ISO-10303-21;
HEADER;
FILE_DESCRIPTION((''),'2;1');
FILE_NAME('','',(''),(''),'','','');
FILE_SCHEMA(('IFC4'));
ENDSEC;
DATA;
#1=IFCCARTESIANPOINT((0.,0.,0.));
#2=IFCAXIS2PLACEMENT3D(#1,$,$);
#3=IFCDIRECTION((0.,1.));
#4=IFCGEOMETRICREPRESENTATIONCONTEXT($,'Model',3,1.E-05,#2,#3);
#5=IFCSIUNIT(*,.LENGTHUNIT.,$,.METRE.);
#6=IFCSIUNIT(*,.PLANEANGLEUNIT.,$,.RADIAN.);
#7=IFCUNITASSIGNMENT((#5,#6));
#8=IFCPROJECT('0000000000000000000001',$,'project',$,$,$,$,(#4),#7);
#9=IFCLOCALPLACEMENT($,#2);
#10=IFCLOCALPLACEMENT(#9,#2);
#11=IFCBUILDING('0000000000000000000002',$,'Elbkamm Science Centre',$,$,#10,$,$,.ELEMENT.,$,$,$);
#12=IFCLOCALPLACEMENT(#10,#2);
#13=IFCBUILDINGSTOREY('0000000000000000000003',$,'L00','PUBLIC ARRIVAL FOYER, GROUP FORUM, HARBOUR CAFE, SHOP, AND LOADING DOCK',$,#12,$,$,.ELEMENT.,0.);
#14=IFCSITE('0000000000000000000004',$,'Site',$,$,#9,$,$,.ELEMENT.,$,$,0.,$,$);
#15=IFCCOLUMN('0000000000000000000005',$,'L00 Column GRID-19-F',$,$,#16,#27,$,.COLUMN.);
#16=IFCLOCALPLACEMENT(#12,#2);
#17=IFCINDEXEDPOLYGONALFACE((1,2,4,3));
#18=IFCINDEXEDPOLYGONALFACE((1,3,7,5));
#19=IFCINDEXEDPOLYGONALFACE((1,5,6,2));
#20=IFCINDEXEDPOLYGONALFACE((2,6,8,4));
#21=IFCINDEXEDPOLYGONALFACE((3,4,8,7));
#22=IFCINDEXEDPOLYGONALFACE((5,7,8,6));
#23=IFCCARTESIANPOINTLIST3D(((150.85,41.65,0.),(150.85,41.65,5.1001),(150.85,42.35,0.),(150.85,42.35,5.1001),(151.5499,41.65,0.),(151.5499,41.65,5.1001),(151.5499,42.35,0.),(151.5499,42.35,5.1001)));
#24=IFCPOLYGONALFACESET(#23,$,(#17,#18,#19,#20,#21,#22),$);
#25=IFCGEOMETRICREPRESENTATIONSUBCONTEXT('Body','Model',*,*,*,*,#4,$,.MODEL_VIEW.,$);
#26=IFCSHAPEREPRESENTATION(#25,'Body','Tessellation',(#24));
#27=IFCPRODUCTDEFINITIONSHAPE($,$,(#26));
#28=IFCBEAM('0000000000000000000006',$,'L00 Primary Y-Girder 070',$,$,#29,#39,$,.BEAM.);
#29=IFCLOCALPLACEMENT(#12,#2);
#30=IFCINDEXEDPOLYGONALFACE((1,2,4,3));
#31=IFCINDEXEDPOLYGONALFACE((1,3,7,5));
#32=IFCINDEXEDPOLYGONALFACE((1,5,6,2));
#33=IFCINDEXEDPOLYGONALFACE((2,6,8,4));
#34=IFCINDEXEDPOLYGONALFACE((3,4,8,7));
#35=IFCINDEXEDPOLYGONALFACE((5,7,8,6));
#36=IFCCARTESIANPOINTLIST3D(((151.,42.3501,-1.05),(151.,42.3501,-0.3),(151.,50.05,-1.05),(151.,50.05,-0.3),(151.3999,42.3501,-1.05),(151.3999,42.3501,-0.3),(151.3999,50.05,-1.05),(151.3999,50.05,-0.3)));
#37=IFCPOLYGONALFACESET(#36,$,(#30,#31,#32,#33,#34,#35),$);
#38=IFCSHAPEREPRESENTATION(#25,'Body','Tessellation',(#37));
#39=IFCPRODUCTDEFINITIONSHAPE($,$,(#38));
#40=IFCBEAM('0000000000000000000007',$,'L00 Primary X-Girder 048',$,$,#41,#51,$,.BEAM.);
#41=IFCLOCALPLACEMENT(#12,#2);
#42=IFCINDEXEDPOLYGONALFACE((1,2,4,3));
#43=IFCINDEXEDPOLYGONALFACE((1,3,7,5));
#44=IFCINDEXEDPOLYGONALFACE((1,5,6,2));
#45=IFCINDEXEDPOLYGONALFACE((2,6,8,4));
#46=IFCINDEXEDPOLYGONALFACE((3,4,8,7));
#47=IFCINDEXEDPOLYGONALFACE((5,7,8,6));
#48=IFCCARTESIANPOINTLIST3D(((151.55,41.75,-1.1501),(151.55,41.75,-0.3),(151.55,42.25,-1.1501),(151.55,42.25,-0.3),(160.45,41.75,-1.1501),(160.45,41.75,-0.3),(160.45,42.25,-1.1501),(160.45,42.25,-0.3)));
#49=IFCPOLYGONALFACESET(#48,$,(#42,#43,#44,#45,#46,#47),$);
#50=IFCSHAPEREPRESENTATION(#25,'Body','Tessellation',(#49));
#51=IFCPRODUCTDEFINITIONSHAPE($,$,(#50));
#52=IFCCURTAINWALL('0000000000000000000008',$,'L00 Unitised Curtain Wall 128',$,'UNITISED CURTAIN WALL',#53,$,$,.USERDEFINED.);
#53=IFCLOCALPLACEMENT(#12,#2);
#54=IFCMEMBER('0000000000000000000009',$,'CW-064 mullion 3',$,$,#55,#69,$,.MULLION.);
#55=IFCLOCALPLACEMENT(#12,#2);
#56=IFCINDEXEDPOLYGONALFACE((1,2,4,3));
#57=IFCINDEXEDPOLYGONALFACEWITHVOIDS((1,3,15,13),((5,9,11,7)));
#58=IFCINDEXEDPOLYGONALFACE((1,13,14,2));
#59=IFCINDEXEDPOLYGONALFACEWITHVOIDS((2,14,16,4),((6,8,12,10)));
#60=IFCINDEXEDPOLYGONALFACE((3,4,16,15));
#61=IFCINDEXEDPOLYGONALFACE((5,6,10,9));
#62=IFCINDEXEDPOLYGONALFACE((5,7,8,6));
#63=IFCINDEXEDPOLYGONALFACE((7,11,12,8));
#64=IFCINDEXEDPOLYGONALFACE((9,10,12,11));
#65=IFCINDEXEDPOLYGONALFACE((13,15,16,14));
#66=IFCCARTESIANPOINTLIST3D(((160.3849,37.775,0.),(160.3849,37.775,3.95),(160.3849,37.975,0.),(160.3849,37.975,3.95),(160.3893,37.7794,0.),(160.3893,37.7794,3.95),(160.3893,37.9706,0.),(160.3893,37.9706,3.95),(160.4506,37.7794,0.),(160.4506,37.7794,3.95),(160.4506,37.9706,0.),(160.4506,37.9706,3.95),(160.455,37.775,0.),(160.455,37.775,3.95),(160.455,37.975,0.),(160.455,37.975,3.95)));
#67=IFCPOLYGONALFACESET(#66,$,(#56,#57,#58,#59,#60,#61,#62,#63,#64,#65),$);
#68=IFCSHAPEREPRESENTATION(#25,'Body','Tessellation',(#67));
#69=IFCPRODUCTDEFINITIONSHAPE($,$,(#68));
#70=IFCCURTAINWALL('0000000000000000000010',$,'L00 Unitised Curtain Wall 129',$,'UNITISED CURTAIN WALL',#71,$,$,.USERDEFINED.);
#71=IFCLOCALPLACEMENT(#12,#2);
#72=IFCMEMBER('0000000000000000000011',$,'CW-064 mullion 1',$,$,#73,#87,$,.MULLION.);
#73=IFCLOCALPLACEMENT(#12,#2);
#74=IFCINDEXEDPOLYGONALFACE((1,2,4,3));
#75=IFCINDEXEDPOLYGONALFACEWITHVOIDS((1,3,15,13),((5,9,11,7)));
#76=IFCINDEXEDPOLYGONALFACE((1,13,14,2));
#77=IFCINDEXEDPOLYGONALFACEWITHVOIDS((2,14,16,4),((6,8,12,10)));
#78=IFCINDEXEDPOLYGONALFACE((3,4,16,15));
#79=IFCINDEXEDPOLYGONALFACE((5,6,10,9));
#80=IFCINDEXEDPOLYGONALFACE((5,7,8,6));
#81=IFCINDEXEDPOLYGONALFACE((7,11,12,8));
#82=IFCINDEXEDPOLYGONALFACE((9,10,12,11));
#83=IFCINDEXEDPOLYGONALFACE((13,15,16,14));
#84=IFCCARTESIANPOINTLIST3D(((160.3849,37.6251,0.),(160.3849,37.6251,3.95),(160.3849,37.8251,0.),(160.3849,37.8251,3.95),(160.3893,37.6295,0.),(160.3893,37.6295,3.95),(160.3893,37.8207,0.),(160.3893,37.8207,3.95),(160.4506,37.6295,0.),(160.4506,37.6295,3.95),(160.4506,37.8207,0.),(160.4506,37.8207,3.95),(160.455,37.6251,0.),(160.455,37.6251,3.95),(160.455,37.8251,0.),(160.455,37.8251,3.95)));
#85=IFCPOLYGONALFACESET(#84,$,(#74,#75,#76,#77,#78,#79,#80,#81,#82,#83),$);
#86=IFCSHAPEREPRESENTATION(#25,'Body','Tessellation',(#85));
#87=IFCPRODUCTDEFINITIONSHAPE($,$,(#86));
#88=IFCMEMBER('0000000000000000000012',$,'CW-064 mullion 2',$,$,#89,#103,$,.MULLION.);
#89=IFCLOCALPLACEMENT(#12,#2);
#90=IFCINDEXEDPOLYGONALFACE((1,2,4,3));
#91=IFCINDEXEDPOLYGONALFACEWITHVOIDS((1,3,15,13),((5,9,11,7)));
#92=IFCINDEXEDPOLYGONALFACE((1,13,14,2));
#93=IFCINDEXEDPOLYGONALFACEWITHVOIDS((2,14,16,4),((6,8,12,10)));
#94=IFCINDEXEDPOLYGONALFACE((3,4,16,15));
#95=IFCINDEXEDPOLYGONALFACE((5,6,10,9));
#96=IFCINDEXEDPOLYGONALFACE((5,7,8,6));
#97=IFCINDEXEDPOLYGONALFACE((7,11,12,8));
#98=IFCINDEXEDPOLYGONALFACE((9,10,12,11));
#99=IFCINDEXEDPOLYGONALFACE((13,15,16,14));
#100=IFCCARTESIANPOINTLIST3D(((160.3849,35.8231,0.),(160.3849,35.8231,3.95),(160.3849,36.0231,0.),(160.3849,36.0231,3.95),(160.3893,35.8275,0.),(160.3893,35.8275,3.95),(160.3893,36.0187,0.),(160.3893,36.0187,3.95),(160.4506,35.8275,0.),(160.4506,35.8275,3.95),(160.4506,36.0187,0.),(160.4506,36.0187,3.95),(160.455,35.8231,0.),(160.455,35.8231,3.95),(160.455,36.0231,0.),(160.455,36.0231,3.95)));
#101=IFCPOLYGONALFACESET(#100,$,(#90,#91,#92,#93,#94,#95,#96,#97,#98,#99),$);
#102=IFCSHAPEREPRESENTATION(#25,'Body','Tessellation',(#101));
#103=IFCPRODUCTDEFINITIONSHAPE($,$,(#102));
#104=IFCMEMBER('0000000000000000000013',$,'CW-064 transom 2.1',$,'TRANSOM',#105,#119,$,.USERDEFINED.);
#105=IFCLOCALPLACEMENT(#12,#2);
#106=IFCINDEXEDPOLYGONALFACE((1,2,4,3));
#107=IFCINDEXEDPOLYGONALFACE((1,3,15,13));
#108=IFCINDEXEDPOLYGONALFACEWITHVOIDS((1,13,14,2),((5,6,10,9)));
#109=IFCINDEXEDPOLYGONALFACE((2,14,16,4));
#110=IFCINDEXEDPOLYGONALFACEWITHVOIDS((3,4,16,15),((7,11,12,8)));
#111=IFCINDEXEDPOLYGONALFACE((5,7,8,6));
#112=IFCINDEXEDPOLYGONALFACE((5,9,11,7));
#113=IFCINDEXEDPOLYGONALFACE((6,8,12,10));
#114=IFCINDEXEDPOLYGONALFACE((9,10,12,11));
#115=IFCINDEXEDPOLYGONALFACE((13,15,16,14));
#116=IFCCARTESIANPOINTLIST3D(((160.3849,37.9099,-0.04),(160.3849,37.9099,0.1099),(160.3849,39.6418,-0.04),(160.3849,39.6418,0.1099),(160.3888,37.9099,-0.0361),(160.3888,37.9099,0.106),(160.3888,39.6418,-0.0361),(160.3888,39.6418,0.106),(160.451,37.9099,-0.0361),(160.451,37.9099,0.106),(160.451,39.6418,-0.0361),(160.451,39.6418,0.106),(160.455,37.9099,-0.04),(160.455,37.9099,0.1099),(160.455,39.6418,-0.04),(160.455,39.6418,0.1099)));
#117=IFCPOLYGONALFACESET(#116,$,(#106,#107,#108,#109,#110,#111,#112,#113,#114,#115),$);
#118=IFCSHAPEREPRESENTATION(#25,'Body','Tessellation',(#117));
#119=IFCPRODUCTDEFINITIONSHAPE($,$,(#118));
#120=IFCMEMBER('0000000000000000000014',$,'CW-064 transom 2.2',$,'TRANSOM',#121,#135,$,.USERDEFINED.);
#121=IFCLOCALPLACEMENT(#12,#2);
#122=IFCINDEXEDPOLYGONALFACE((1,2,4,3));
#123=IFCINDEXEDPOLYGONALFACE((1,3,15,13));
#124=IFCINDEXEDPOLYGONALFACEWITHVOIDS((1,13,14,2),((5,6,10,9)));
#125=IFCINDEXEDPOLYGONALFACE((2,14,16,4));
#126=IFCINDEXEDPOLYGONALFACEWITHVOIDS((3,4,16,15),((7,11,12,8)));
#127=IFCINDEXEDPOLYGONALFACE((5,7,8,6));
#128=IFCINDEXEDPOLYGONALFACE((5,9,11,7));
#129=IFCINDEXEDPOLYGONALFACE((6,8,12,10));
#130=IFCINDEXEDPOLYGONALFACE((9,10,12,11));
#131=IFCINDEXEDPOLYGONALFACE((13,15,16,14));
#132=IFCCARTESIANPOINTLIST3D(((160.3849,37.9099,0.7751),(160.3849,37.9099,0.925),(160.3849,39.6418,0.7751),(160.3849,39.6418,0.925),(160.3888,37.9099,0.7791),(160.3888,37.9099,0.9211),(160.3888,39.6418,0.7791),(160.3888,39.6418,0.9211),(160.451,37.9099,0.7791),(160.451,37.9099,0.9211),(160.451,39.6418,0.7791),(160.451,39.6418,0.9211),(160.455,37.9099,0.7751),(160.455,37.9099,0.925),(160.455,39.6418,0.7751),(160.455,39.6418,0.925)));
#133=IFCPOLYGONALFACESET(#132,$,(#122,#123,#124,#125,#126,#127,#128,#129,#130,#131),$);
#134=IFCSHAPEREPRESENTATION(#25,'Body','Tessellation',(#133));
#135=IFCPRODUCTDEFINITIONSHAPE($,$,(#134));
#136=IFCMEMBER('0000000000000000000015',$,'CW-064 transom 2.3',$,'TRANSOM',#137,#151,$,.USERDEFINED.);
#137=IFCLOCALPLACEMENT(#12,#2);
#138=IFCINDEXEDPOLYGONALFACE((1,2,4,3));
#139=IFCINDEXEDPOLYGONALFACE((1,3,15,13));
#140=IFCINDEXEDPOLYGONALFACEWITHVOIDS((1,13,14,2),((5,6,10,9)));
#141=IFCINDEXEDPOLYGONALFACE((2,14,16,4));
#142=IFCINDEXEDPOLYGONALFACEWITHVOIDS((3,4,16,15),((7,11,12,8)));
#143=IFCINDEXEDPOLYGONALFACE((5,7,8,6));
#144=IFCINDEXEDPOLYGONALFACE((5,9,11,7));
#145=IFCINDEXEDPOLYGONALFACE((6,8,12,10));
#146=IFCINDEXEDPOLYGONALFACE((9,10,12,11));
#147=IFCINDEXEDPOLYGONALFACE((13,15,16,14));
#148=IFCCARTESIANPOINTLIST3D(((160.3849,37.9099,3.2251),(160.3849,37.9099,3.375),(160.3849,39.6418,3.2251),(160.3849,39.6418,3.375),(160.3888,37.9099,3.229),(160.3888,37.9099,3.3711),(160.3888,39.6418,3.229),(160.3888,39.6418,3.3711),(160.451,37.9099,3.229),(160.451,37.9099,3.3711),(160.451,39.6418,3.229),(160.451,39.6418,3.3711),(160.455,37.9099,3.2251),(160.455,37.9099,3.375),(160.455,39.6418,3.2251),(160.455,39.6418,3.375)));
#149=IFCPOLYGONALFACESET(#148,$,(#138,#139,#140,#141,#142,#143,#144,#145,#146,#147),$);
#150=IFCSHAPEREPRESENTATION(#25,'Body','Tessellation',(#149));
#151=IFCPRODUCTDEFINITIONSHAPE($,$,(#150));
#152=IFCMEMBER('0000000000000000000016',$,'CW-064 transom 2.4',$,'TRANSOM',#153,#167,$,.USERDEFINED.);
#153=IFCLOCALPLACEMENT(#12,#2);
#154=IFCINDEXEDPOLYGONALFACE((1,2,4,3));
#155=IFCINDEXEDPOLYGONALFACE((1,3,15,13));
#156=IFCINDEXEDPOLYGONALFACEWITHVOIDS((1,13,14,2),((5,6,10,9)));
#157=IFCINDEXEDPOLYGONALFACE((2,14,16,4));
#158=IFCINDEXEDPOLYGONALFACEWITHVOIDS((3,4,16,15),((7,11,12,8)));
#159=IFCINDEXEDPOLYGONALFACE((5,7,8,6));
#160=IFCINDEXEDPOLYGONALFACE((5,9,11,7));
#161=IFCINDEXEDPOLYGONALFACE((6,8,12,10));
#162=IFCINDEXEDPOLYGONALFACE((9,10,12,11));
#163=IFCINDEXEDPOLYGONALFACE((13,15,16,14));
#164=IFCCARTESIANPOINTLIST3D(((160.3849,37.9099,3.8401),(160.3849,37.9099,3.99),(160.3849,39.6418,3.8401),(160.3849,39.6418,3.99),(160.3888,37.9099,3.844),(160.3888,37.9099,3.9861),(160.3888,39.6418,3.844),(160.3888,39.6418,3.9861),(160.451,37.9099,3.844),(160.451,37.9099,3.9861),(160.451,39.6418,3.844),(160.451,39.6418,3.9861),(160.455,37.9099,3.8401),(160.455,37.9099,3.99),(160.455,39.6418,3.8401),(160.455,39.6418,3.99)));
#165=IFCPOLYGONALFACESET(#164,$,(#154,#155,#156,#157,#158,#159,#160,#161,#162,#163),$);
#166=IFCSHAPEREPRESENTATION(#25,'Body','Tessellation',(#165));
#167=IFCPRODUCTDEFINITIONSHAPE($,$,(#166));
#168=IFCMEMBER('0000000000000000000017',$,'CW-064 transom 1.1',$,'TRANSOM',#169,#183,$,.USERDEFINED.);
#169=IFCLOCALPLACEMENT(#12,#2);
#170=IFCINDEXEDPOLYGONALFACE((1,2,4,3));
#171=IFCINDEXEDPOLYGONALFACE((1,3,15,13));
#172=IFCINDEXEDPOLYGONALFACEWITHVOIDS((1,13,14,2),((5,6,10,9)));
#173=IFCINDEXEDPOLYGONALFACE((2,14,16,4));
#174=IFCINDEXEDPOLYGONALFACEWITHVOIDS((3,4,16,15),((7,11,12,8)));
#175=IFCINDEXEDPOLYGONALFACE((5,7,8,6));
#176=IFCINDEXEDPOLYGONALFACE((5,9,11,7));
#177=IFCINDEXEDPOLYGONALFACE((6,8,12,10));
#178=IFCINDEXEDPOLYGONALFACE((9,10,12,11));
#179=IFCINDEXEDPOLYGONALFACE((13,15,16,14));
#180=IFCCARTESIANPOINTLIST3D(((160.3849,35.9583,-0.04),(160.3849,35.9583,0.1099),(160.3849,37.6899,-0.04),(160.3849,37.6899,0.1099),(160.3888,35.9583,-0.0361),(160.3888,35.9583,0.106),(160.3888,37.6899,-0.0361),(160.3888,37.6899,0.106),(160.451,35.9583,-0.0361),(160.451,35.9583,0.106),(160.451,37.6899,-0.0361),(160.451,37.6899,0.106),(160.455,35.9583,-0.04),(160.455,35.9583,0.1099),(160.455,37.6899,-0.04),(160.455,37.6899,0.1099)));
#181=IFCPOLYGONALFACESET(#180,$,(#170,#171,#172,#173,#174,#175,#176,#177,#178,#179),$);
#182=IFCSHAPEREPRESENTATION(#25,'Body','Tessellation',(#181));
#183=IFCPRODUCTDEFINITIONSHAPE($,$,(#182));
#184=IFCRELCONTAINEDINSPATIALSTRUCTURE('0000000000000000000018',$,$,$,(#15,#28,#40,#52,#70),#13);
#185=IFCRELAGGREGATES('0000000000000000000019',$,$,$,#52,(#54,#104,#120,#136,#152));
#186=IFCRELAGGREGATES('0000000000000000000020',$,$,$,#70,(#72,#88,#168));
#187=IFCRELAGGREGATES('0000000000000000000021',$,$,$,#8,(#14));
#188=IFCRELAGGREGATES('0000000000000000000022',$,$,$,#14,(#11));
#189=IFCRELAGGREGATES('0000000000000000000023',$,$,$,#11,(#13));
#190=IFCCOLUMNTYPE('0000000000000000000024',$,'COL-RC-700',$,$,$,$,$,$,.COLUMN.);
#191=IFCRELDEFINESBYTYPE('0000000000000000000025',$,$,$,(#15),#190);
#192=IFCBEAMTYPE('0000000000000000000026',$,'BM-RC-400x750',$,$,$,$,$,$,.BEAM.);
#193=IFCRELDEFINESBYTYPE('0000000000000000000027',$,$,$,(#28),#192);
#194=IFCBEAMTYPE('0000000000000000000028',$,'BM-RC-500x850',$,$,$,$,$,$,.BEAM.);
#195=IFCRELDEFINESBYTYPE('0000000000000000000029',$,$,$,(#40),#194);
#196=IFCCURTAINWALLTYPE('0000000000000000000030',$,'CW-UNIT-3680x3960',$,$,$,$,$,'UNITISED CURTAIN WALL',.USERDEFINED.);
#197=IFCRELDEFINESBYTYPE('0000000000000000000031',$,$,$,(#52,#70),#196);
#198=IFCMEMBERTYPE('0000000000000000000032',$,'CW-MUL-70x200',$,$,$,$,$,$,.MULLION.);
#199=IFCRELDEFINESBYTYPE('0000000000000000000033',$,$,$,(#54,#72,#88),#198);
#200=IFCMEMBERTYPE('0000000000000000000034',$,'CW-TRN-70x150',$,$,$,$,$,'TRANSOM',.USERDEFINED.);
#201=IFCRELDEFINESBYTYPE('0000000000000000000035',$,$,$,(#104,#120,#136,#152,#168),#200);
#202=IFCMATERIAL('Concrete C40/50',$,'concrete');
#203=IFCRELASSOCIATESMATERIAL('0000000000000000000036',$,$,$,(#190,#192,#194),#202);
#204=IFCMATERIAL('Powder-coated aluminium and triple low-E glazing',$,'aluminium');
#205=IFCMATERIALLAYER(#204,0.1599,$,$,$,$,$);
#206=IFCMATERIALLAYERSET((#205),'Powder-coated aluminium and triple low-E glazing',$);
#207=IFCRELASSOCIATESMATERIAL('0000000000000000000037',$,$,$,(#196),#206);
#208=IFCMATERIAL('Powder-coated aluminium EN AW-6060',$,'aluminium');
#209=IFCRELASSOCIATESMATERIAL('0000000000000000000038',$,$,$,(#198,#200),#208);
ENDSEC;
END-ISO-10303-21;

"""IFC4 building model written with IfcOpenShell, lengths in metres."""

from ifc_helpers import new_model, si_unit, direction, frame, origin, origin_2d, place, context, subcontext, project, spatial, rectangle, hollow_rectangle, extrude, material, layer, layer_set, material_profile, profile_set, type_object, element, aggregate, save


model = new_model("IFC4")

# Units and contexts
model_context = context("Model", 3, precision=1e-05, world=origin(), true_north=direction((0.0, 1.0)))
body_context = subcontext(model_context, "Body", "Model", "MODEL_VIEW")
ifc_project = project(units=[si_unit("LENGTHUNIT", "METRE"), si_unit("PLANEANGLEUNIT", "RADIAN")], contexts=[model_context])

# Site, building, storey
site_placement = place(None, origin())
site = spatial("IfcSite", under=ifc_project, at=site_placement, Name="Site", CompositionType="ELEMENT", RefElevation=0.0)
building_placement = place(site_placement, origin())
building = spatial("IfcBuilding", under=site, at=building_placement, Name="Elbkamm Science Centre", CompositionType="ELEMENT")
storey_placement = place(building_placement, origin())
storey = spatial("IfcBuildingStorey", under=building, at=storey_placement, Name="L00", Description="PUBLIC ARRIVAL FOYER, GROUP FORUM, HARBOUR CAFE, SHOP, AND LOADING DOCK", CompositionType="ELEMENT", Elevation=0.0)

# Column
ifc_material_1 = material(Name="Concrete C40/50", Category="concrete")
ifc_material_profile_1 = material_profile(ifc_material_1, rectangle(XDim=0.7, YDim=0.7, at=origin_2d()), Name="RC 700x700")
ifc_profile_set_1 = profile_set([ifc_material_profile_1], Name="Concrete C40/50")
column_type = type_object("IfcColumnType", Name="COL-RC-700", PredefinedType="COLUMN", material=ifc_profile_set_1)
column_placement = place(storey_placement, frame((151.2, 42.0, 0.0), z_axis=(0.0, 0.0, 1.0), x_axis=(1.0, 0.0, 0.0)))
element("IfcColumn", 1, at=column_placement, inside=storey, type_object=column_type, Name="L00 Column GRID-19-F", PredefinedType="COLUMN", context=body_context, shape_type="SweptSolid", body=[
    extrude(rectangle(XDim=0.7, YDim=0.7, at=origin_2d()), origin(), (0.0, 0.0, 1.0), 5.1001),
])

# Beams
ifc_material_profile_2 = material_profile(ifc_material_1, rectangle(XDim=0.3999, YDim=0.75, at=origin_2d()), Name="RC 400x750")
ifc_profile_set_2 = profile_set([ifc_material_profile_2], Name="Concrete C40/50")
beam_type_1 = type_object("IfcBeamType", Name="BM-RC-400x750", PredefinedType="BEAM", material=ifc_profile_set_2)
beam_1_placement = place(storey_placement, frame((151.2, 42.3501, -0.675), z_axis=(0.0, 1.0, 0.0), x_axis=(-1.0, 0.0, 0.0)))
element("IfcBeam", 2, at=beam_1_placement, inside=storey, type_object=beam_type_1, Name="L00 Primary Y-Girder 070", PredefinedType="BEAM", context=body_context, shape_type="SweptSolid", body=[
    extrude(rectangle(XDim=0.3999, YDim=0.75, at=origin_2d()), origin(), (0.0, 0.0, 1.0), 7.7),
])
ifc_material_profile_3 = material_profile(ifc_material_1, rectangle(XDim=0.5, YDim=0.8501, at=origin_2d()), Name="RC 500x850")
ifc_profile_set_3 = profile_set([ifc_material_profile_3], Name="Concrete C40/50")
beam_type_2 = type_object("IfcBeamType", Name="BM-RC-500x850", PredefinedType="BEAM", material=ifc_profile_set_3)
beam_2_placement = place(storey_placement, frame((151.55, 42.0, -0.7251), z_axis=(1.0, 0.0, 0.0), x_axis=(0.0, 1.0, 0.0)))
element("IfcBeam", 3, at=beam_2_placement, inside=storey, type_object=beam_type_2, Name="L00 Primary X-Girder 048", PredefinedType="BEAM", context=body_context, shape_type="SweptSolid", body=[
    extrude(rectangle(XDim=0.5, YDim=0.8501, at=origin_2d()), origin(), (0.0, 0.0, 1.0), 8.8999),
])

# Curtain wall, member
ifc_material_2 = material(Name="Powder-coated aluminium and triple low-E glazing", Category="aluminium")
ifc_layer_1 = layer(ifc_material_2, 0.1599)
ifc_layer_set_1 = layer_set([ifc_layer_1], Name="Powder-coated aluminium and triple low-E glazing")
curtain_wall_type = type_object("IfcCurtainWallType", Name="CW-UNIT-3680x3960", ElementType="UNITISED CURTAIN WALL", PredefinedType="USERDEFINED", material=ifc_layer_set_1)
curtain_wall_1_placement = place(storey_placement, origin())
curtain_wall_1 = element("IfcCurtainWall", 4, at=curtain_wall_1_placement, inside=storey, type_object=curtain_wall_type, Name="L00 Unitised Curtain Wall 128", ObjectType="UNITISED CURTAIN WALL", PredefinedType="USERDEFINED")
ifc_material_3 = material(Name="Powder-coated aluminium EN AW-6060", Category="aluminium")
ifc_material_profile_4 = material_profile(ifc_material_3, hollow_rectangle(XDim=0.0701, YDim=0.2, WallThickness=0.0044, at=origin_2d()), Name="ALU M70x200")
ifc_profile_set_4 = profile_set([ifc_material_profile_4], Name="Powder-coated aluminium EN AW-6060")
member_type_1 = type_object("IfcMemberType", Name="CW-MUL-70x200", PredefinedType="MULLION", material=ifc_profile_set_4)
member_1_placement = place(storey_placement, frame((160.4199, 37.875, 0.0), z_axis=(0.0, 0.0, 1.0), x_axis=(1.0, 0.0, 0.0)))
member_1 = element("IfcMember", 5, at=member_1_placement, type_object=member_type_1, Name="CW-064 mullion 3", PredefinedType="MULLION", context=body_context, shape_type="SweptSolid", body=[
    extrude(hollow_rectangle(XDim=0.0701, YDim=0.2, WallThickness=0.0044, at=origin_2d()), origin(), (0.0, 0.0, 1.0), 3.95),
])

# Curtain wall, members
curtain_wall_2_placement = place(storey_placement, origin())
curtain_wall_2 = element("IfcCurtainWall", 6, at=curtain_wall_2_placement, inside=storey, type_object=curtain_wall_type, Name="L00 Unitised Curtain Wall 129", ObjectType="UNITISED CURTAIN WALL", PredefinedType="USERDEFINED")
member_2_placement = place(storey_placement, frame((160.4199, 37.7251, 0.0), z_axis=(0.0, 0.0, 1.0), x_axis=(1.0, 0.0, 0.0)))
member_2 = element("IfcMember", 7, at=member_2_placement, type_object=member_type_1, Name="CW-064 mullion 1", PredefinedType="MULLION", context=body_context, shape_type="SweptSolid", body=[
    extrude(hollow_rectangle(XDim=0.0701, YDim=0.2, WallThickness=0.0044, at=origin_2d()), origin(), (0.0, 0.0, 1.0), 3.95),
])
member_3_placement = place(storey_placement, frame((160.4199, 35.9231, 0.0), z_axis=(0.0, 0.0, 1.0), x_axis=(1.0, 0.0, 0.0)))
member_3 = element("IfcMember", 8, at=member_3_placement, type_object=member_type_1, Name="CW-064 mullion 2", PredefinedType="MULLION", context=body_context, shape_type="SweptSolid", body=[
    extrude(hollow_rectangle(XDim=0.0701, YDim=0.2, WallThickness=0.0044, at=origin_2d()), origin(), (0.0, 0.0, 1.0), 3.95),
])

# Members
ifc_material_profile_5 = material_profile(ifc_material_3, hollow_rectangle(XDim=0.0701, YDim=0.1499, WallThickness=0.0039, at=origin_2d()), Name="ALU T70x150")
ifc_profile_set_5 = profile_set([ifc_material_profile_5], Name="Powder-coated aluminium EN AW-6060")
member_type_2 = type_object("IfcMemberType", Name="CW-TRN-70x150", ElementType="TRANSOM", PredefinedType="USERDEFINED", material=ifc_profile_set_5)
member_4_placement = place(storey_placement, frame((160.4199, 39.6418, 0.0349), z_axis=(0.0, -1.0, 0.0), x_axis=(1.0, 0.0, 0.0)))
member_4 = element("IfcMember", 9, at=member_4_placement, type_object=member_type_2, Name="CW-064 transom 2.1", ObjectType="TRANSOM", PredefinedType="USERDEFINED", context=body_context, shape_type="SweptSolid", body=[
    extrude(hollow_rectangle(XDim=0.0701, YDim=0.1499, WallThickness=0.0039, at=origin_2d()), origin(), (0.0, 0.0, 1.0), 1.7319),
])
member_5_placement = place(storey_placement, frame((160.4199, 39.6418, 0.8501), z_axis=(0.0, -1.0, 0.0), x_axis=(1.0, 0.0, 0.0)))
member_5 = element("IfcMember", 10, at=member_5_placement, type_object=member_type_2, Name="CW-064 transom 2.2", ObjectType="TRANSOM", PredefinedType="USERDEFINED", context=body_context, shape_type="SweptSolid", body=[
    extrude(hollow_rectangle(XDim=0.0701, YDim=0.1499, WallThickness=0.0039, at=origin_2d()), origin(), (0.0, 0.0, 1.0), 1.7319),
])
member_6_placement = place(storey_placement, frame((160.4199, 39.6418, 3.3), z_axis=(0.0, -1.0, 0.0), x_axis=(1.0, 0.0, 0.0)))
member_6 = element("IfcMember", 11, at=member_6_placement, type_object=member_type_2, Name="CW-064 transom 2.3", ObjectType="TRANSOM", PredefinedType="USERDEFINED", context=body_context, shape_type="SweptSolid", body=[
    extrude(hollow_rectangle(XDim=0.0701, YDim=0.1499, WallThickness=0.0039, at=origin_2d()), origin(), (0.0, 0.0, 1.0), 1.7319),
])
member_7_placement = place(storey_placement, frame((160.4199, 39.6418, 3.915), z_axis=(0.0, -1.0, 0.0), x_axis=(1.0, 0.0, 0.0)))
member_7 = element("IfcMember", 12, at=member_7_placement, type_object=member_type_2, Name="CW-064 transom 2.4", ObjectType="TRANSOM", PredefinedType="USERDEFINED", context=body_context, shape_type="SweptSolid", body=[
    extrude(hollow_rectangle(XDim=0.0701, YDim=0.1499, WallThickness=0.0039, at=origin_2d()), origin(), (0.0, 0.0, 1.0), 1.7319),
])
member_8_placement = place(storey_placement, frame((160.4199, 37.6899, 0.0349), z_axis=(0.0, -1.0, 0.0), x_axis=(1.0, 0.0, 0.0)))
member_8 = element("IfcMember", 13, at=member_8_placement, type_object=member_type_2, Name="CW-064 transom 1.1", ObjectType="TRANSOM", PredefinedType="USERDEFINED", context=body_context, shape_type="SweptSolid", body=[
    extrude(hollow_rectangle(XDim=0.0701, YDim=0.1499, WallThickness=0.0039, at=origin_2d()), origin(), (0.0, 0.0, 1.0), 1.7317),
])

aggregate(curtain_wall_1, [member_1, member_4, member_5, member_6, member_7])
aggregate(curtain_wall_2, [member_2, member_3, member_8])

save(model, "model.ifc")
